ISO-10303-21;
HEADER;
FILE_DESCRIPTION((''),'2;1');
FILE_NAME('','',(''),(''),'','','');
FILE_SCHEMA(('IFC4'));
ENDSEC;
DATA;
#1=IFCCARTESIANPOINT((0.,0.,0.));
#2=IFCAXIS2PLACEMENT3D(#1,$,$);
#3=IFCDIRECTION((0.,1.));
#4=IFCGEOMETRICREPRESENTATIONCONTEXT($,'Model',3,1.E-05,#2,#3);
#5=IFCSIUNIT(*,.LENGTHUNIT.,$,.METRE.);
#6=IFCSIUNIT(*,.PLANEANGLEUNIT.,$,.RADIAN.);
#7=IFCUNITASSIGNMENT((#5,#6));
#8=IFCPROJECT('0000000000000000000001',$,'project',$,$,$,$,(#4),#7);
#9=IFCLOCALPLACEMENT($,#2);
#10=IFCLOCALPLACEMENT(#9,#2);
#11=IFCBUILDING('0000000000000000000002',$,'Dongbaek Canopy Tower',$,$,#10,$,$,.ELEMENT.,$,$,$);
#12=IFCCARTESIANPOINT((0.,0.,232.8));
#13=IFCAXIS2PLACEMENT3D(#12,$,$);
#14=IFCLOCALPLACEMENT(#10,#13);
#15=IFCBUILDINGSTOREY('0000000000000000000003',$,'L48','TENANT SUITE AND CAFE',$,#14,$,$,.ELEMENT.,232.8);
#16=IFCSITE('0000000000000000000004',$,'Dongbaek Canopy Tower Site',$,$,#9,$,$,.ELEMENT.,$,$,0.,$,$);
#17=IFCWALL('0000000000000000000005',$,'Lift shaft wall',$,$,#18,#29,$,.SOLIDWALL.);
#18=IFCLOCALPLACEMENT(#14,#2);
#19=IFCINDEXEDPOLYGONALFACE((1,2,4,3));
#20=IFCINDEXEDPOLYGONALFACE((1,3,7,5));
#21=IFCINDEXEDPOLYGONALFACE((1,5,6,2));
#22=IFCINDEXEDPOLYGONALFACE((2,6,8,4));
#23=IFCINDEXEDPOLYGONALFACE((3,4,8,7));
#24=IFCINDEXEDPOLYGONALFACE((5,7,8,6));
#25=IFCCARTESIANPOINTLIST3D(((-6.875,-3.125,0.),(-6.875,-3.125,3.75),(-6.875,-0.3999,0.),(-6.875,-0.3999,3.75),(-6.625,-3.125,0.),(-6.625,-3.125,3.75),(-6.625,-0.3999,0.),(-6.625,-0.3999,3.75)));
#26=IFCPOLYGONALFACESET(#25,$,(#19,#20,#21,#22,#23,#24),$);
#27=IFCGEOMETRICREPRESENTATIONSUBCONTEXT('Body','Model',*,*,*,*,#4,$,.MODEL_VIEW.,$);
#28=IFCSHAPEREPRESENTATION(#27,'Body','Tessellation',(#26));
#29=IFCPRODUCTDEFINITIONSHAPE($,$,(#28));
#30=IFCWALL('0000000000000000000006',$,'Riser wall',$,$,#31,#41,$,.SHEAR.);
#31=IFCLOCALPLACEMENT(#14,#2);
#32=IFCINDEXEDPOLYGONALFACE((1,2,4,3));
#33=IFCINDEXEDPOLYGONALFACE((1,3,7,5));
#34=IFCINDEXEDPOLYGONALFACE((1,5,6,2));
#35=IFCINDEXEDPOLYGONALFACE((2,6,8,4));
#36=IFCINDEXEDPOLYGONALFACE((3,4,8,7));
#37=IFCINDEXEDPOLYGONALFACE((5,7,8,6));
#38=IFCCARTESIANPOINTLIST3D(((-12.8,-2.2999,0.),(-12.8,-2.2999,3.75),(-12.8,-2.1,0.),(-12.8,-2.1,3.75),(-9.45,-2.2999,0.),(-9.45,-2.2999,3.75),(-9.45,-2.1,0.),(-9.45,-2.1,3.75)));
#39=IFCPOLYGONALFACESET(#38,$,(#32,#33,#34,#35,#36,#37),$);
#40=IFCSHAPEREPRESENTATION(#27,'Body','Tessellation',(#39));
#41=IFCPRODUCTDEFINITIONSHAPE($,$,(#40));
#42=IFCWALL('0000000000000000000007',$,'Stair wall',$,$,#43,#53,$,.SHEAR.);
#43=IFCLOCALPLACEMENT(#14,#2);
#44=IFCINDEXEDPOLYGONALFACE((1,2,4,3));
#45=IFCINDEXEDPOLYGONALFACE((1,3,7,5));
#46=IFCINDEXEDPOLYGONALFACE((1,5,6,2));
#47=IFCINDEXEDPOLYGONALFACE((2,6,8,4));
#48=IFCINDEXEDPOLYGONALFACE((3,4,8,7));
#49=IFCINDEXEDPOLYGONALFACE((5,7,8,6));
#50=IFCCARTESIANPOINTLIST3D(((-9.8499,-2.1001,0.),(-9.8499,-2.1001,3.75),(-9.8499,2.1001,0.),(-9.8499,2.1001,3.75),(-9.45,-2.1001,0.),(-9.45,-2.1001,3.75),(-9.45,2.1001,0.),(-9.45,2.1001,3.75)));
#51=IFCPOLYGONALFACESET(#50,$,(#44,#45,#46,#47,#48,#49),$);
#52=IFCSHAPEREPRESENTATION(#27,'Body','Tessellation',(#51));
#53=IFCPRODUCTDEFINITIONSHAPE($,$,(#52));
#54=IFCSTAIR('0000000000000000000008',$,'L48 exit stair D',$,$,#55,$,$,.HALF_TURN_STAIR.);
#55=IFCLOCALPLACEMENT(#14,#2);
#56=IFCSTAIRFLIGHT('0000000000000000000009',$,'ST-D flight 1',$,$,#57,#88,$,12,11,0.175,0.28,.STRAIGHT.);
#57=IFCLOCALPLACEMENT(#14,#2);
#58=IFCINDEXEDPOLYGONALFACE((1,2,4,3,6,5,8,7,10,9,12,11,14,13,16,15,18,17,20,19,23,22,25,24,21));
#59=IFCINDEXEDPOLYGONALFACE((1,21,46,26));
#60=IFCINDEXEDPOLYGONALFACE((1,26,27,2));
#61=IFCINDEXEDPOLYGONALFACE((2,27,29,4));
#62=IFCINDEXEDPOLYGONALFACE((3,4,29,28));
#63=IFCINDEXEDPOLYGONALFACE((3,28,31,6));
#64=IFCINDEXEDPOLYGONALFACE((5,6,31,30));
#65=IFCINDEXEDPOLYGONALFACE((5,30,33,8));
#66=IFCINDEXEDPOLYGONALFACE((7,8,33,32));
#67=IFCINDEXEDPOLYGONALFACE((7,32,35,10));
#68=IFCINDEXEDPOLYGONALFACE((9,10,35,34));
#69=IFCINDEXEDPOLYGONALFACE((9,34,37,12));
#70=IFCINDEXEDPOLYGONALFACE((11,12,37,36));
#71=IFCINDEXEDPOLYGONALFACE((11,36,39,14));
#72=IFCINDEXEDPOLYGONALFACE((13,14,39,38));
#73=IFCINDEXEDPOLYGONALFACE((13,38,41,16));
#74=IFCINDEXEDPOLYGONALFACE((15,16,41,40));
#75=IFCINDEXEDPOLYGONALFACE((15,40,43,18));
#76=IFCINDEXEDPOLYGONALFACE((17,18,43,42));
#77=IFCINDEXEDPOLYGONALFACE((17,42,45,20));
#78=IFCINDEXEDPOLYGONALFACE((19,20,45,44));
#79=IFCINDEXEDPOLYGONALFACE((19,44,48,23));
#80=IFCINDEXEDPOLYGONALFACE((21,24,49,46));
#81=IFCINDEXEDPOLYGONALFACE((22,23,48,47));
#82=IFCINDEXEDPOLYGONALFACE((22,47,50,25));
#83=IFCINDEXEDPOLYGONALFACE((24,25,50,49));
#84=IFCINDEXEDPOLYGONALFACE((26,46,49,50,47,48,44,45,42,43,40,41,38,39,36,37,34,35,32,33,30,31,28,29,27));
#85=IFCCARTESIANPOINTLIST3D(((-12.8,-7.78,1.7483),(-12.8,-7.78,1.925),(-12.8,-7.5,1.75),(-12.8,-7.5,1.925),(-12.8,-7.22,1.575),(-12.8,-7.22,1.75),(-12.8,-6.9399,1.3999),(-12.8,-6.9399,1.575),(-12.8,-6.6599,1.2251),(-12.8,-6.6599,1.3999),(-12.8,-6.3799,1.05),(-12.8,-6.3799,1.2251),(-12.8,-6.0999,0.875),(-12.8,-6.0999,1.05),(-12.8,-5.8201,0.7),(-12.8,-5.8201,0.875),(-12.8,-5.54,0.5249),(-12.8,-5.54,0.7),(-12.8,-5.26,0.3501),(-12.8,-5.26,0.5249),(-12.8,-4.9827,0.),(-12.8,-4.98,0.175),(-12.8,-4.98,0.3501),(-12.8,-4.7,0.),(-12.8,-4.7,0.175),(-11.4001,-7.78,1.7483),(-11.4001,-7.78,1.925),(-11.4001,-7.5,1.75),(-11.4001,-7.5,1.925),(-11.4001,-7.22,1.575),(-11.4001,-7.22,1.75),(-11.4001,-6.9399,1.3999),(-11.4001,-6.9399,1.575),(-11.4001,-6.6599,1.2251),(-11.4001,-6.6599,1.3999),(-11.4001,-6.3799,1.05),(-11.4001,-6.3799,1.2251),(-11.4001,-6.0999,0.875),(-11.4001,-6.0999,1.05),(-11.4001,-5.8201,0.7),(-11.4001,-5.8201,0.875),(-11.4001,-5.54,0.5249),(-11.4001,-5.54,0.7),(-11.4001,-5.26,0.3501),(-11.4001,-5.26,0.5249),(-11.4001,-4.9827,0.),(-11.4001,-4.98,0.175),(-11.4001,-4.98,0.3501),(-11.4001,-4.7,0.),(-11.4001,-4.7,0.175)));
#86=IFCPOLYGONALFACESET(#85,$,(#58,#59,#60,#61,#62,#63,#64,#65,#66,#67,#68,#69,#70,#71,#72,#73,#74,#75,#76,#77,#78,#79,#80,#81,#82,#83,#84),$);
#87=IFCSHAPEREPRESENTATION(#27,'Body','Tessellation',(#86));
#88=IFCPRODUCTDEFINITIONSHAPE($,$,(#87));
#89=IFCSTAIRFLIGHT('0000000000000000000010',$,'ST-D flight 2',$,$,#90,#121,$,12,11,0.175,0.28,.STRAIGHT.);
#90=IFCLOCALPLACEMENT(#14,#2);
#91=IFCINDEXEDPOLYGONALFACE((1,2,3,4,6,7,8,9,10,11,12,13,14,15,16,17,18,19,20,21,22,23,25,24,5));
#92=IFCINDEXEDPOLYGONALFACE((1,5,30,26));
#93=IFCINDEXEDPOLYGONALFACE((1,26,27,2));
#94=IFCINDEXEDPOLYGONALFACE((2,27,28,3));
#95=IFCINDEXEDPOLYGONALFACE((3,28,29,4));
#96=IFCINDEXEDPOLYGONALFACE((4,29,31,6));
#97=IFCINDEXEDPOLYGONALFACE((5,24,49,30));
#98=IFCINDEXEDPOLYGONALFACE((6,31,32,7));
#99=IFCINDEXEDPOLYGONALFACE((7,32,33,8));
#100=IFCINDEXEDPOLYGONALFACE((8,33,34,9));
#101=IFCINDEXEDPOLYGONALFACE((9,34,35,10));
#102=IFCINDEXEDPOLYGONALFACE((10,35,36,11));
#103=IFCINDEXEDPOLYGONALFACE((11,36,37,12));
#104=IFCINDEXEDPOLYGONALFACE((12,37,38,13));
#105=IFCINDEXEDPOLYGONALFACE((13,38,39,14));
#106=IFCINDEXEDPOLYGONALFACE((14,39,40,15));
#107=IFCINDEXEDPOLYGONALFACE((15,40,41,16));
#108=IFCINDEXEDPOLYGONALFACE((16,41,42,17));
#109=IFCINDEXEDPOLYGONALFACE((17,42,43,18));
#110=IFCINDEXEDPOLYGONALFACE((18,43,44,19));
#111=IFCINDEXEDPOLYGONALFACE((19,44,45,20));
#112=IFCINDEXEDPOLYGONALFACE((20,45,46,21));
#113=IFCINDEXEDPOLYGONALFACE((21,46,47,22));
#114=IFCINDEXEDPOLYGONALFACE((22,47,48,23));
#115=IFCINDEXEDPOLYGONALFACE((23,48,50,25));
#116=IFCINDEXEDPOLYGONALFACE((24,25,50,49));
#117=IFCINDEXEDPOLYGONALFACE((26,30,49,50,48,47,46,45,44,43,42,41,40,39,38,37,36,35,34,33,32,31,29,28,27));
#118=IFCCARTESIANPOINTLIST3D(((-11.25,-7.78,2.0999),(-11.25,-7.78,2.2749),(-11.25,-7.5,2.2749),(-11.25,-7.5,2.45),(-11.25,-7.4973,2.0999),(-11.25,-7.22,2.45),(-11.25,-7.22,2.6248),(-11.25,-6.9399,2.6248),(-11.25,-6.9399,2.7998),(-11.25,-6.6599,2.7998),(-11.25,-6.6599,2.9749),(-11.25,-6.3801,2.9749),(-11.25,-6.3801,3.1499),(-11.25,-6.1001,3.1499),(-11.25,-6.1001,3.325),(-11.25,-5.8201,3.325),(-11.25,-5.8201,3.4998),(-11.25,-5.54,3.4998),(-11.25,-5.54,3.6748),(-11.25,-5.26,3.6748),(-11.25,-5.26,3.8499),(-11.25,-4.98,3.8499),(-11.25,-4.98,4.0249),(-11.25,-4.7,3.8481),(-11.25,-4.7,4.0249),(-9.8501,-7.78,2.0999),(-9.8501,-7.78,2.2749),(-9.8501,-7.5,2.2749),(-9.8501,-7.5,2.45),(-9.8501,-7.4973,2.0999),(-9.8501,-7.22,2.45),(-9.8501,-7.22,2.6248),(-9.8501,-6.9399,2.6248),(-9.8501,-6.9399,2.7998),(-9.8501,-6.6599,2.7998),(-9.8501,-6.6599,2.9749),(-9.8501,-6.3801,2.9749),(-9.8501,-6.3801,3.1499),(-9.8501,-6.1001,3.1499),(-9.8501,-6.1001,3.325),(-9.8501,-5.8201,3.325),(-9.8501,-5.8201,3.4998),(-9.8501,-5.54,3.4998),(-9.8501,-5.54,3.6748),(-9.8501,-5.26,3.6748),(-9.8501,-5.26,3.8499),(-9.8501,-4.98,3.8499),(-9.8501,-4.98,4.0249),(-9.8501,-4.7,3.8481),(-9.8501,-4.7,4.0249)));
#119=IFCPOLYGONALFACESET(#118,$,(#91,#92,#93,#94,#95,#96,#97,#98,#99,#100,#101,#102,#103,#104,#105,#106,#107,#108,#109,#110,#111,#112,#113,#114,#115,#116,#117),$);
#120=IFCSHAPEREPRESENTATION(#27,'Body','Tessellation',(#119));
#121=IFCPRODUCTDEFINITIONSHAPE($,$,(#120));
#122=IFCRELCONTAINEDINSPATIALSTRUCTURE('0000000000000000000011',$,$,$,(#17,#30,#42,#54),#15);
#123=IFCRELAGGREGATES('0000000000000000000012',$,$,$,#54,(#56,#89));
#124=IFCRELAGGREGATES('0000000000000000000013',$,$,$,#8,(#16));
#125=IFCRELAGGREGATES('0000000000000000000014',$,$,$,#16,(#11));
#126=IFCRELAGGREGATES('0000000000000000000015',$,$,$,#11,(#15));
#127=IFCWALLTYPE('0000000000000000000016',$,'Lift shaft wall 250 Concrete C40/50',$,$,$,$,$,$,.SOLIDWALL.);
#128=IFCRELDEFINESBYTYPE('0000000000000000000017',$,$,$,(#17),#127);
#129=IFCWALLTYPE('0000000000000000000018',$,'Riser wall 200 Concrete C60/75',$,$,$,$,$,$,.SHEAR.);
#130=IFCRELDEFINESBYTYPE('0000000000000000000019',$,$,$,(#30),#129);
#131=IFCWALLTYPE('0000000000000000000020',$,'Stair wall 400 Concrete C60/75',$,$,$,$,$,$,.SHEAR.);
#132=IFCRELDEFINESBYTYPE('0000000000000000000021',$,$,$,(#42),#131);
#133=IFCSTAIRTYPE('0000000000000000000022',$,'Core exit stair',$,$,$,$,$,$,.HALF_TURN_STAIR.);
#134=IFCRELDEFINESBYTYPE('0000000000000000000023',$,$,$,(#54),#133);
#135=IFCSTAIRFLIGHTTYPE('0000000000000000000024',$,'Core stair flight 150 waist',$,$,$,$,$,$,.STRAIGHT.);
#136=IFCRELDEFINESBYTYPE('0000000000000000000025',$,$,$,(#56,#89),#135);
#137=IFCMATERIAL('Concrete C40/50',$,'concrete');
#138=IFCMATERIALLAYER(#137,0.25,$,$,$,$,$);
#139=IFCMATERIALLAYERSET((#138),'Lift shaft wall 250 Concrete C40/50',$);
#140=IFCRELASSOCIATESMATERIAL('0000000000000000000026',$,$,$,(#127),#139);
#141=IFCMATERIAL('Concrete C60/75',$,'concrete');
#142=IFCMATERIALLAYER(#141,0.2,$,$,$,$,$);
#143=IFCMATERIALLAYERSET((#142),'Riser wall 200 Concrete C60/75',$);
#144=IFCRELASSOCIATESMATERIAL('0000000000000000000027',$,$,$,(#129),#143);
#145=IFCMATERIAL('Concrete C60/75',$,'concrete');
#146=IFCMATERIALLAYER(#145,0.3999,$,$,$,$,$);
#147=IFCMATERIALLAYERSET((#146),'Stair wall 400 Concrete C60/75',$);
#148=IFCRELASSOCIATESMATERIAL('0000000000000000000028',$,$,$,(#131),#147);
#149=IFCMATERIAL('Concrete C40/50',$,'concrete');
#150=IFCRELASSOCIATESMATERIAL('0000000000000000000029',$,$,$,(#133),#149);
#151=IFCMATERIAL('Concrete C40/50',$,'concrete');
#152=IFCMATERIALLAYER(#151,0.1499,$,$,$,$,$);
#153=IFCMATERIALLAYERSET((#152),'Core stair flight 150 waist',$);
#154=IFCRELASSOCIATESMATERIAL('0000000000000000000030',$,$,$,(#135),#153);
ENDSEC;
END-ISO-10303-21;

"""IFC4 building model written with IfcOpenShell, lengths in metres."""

from ifc_helpers import new_model, si_unit, direction, frame, frame_2d, origin, place, context, subcontext, project, spatial, polyline, rectangle, outline, extrude, material, layer, layer_set, type_object, element, aggregate, save


model = new_model("IFC4")

# Units and contexts
model_context = context("Model", 3, precision=1e-05, world=origin(), true_north=direction((0.0, 1.0)))
body_context = subcontext(model_context, "Body", "Model", "MODEL_VIEW")
ifc_project = project(units=[si_unit("LENGTHUNIT", "METRE"), si_unit("PLANEANGLEUNIT", "RADIAN")], contexts=[model_context])

# Site, building, storey
site_placement = place(None, origin())
site = spatial("IfcSite", under=ifc_project, at=site_placement, Name="Dongbaek Canopy Tower Site", CompositionType="ELEMENT", RefElevation=0.0)
building_placement = place(site_placement, origin())
building = spatial("IfcBuilding", under=site, at=building_placement, Name="Dongbaek Canopy Tower", CompositionType="ELEMENT")
storey_placement = place(building_placement, frame((0.0, 0.0, 232.8)))
storey = spatial("IfcBuildingStorey", under=building, at=storey_placement, Name="L48", Description="TENANT SUITE AND CAFE", CompositionType="ELEMENT", Elevation=232.8)

# Walls
ifc_material_1 = material(Name="Concrete C40/50", Category="concrete")
ifc_layer_1 = layer(ifc_material_1, 0.25)
ifc_layer_set_1 = layer_set([ifc_layer_1], Name="Lift shaft wall 250 Concrete C40/50")
wall_type_1 = type_object("IfcWallType", Name="Lift shaft wall 250 Concrete C40/50", PredefinedType="SOLIDWALL", material=ifc_layer_set_1)
for number, where, z_axis, x_axis, name in (
    (1, (-6.75, -3.125, 0.0), (0.0, 0.0, 1.0), (0.0, 1.0, 0.0), "Lift shaft wall"),
):
    element("IfcWall", number, at=place(storey_placement, frame(where, z_axis=z_axis, x_axis=x_axis)), inside=storey, type_object=wall_type_1, Name=name, PredefinedType="SOLIDWALL", context=body_context, shape_type="SweptSolid", body=[
        extrude(rectangle(XDim=2.7251, YDim=0.25, at=frame_2d((1.3625, 0.0))), origin(), (0.0, 0.0, 1.0), 3.75),
    ])
ifc_material_2 = material(Name="Concrete C60/75", Category="concrete")
ifc_layer_2 = layer(ifc_material_2, 0.2)
ifc_layer_set_2 = layer_set([ifc_layer_2], Name="Riser wall 200 Concrete C60/75")
wall_type_2 = type_object("IfcWallType", Name="Riser wall 200 Concrete C60/75", PredefinedType="SHEAR", material=ifc_layer_set_2)
wall_1_placement = place(storey_placement, frame((-9.45, -2.2, 0.0), z_axis=(0.0, 0.0, 1.0), x_axis=(-1.0, 0.0, 0.0)))
element("IfcWall", 2, at=wall_1_placement, inside=storey, type_object=wall_type_2, Name="Riser wall", PredefinedType="SHEAR", context=body_context, shape_type="SweptSolid", body=[
    extrude(rectangle(XDim=3.3501, YDim=0.2, at=frame_2d((1.675, 0.0))), origin(), (0.0, 0.0, 1.0), 3.75),
])
ifc_material_3 = material(Name="Concrete C60/75", Category="concrete")
ifc_layer_3 = layer(ifc_material_3, 0.3999)
ifc_layer_set_3 = layer_set([ifc_layer_3], Name="Stair wall 400 Concrete C60/75")
wall_type_3 = type_object("IfcWallType", Name="Stair wall 400 Concrete C60/75", PredefinedType="SHEAR", material=ifc_layer_set_3)
wall_2_placement = place(storey_placement, frame((-9.6499, -2.1001, 0.0), z_axis=(0.0, 0.0, 1.0), x_axis=(0.0, 1.0, 0.0)))
element("IfcWall", 3, at=wall_2_placement, inside=storey, type_object=wall_type_3, Name="Stair wall", PredefinedType="SHEAR", context=body_context, shape_type="SweptSolid", body=[
    extrude(rectangle(XDim=4.2002, YDim=0.3999, at=frame_2d((2.1001, 0.0))), origin(), (0.0, 0.0, 1.0), 3.75),
])

# Stair, stair flights
ifc_material_4 = material(Name="Concrete C40/50", Category="concrete")
stair_type = type_object("IfcStairType", Name="Core exit stair", PredefinedType="HALF_TURN_STAIR", material=ifc_material_4)
stair_placement = place(storey_placement, origin())
stair = element("IfcStair", 4, at=stair_placement, inside=storey, type_object=stair_type, Name="L48 exit stair D", PredefinedType="HALF_TURN_STAIR")
ifc_material_5 = material(Name="Concrete C40/50", Category="concrete")
ifc_layer_4 = layer(ifc_material_5, 0.1499)
ifc_layer_set_4 = layer_set([ifc_layer_4], Name="Core stair flight 150 waist")
stair_flight_type = type_object("IfcStairFlightType", Name="Core stair flight 150 waist", PredefinedType="STRAIGHT", material=ifc_layer_set_4)
stair_flight_1_placement = place(storey_placement, frame((-12.1001, -4.7, 0.0), z_axis=(0.0, 0.0, 1.0), x_axis=(0.0, -1.0, 0.0)))
stair_flight_1 = element("IfcStairFlight", 5, at=stair_flight_1_placement, type_object=stair_flight_type, Name="ST-D flight 1", NumberOfRisers=12, NumberOfTreads=11, PredefinedType="STRAIGHT", RiserHeight=0.175, TreadLength=0.28, context=body_context, shape_type="SweptSolid", body=[
    extrude(outline(polyline([(0.0, 0.0), (0.0, 0.175), (0.28, 0.175), (0.28, 0.3501), (0.5601, 0.3501), (0.5601, 0.5249), (0.8401, 0.5249), (0.8401, 0.7), (1.1201, 0.7), (1.1201, 0.875), (1.3999, 0.875), (1.3999, 1.05), (1.6799, 1.05), (1.6799, 1.2251), (1.96, 1.2251), (1.96, 1.3999), (2.24, 1.3999), (2.24, 1.575), (2.52, 1.575), (2.52, 1.75), (2.8, 1.75), (2.8, 1.925), (3.0801, 1.925), (3.0801, 2.1001), (3.0801, 1.7483), (0.2827, 0.0), (0.0, 0.0)])), frame((0.0, 0.7, 0.0), z_axis=(0.0, -1.0, 0.0), x_axis=(1.0, 0.0, 0.0)), (0.0, 0.0, 1.0), 1.3999),
])
stair_flight_2_placement = place(storey_placement, frame((-10.55, -7.78, 2.0999), z_axis=(0.0, 0.0, 1.0), x_axis=(0.0, 1.0, 0.0)))
stair_flight_2 = element("IfcStairFlight", 6, at=stair_flight_2_placement, type_object=stair_flight_type, Name="ST-D flight 2", NumberOfRisers=12, NumberOfTreads=11, PredefinedType="STRAIGHT", RiserHeight=0.175, TreadLength=0.28, context=body_context, shape_type="SweptSolid", body=[
    extrude(outline(polyline([(0.0, 0.0), (0.0, 0.175), (0.28, 0.175), (0.28, 0.3501), (0.5601, 0.3501), (0.5601, 0.5249), (0.8401, 0.5249), (0.8401, 0.7), (1.1201, 0.7), (1.1201, 0.875), (1.3999, 0.875), (1.3999, 1.05), (1.6799, 1.05), (1.6799, 1.2251), (1.96, 1.2251), (1.96, 1.3999), (2.24, 1.3999), (2.24, 1.575), (2.52, 1.575), (2.52, 1.75), (2.8, 1.75), (2.8, 1.925), (3.0801, 1.925), (3.0801, 2.1001), (3.0801, 1.7483), (0.2827, 0.0), (0.0, 0.0)])), frame((0.0, 0.7, 0.0), z_axis=(0.0, -1.0, 0.0), x_axis=(1.0, 0.0, 0.0)), (0.0, 0.0, 1.0), 1.3999),
])
aggregate(stair, [stair_flight_1, stair_flight_2])

save(model, "model.ifc")
